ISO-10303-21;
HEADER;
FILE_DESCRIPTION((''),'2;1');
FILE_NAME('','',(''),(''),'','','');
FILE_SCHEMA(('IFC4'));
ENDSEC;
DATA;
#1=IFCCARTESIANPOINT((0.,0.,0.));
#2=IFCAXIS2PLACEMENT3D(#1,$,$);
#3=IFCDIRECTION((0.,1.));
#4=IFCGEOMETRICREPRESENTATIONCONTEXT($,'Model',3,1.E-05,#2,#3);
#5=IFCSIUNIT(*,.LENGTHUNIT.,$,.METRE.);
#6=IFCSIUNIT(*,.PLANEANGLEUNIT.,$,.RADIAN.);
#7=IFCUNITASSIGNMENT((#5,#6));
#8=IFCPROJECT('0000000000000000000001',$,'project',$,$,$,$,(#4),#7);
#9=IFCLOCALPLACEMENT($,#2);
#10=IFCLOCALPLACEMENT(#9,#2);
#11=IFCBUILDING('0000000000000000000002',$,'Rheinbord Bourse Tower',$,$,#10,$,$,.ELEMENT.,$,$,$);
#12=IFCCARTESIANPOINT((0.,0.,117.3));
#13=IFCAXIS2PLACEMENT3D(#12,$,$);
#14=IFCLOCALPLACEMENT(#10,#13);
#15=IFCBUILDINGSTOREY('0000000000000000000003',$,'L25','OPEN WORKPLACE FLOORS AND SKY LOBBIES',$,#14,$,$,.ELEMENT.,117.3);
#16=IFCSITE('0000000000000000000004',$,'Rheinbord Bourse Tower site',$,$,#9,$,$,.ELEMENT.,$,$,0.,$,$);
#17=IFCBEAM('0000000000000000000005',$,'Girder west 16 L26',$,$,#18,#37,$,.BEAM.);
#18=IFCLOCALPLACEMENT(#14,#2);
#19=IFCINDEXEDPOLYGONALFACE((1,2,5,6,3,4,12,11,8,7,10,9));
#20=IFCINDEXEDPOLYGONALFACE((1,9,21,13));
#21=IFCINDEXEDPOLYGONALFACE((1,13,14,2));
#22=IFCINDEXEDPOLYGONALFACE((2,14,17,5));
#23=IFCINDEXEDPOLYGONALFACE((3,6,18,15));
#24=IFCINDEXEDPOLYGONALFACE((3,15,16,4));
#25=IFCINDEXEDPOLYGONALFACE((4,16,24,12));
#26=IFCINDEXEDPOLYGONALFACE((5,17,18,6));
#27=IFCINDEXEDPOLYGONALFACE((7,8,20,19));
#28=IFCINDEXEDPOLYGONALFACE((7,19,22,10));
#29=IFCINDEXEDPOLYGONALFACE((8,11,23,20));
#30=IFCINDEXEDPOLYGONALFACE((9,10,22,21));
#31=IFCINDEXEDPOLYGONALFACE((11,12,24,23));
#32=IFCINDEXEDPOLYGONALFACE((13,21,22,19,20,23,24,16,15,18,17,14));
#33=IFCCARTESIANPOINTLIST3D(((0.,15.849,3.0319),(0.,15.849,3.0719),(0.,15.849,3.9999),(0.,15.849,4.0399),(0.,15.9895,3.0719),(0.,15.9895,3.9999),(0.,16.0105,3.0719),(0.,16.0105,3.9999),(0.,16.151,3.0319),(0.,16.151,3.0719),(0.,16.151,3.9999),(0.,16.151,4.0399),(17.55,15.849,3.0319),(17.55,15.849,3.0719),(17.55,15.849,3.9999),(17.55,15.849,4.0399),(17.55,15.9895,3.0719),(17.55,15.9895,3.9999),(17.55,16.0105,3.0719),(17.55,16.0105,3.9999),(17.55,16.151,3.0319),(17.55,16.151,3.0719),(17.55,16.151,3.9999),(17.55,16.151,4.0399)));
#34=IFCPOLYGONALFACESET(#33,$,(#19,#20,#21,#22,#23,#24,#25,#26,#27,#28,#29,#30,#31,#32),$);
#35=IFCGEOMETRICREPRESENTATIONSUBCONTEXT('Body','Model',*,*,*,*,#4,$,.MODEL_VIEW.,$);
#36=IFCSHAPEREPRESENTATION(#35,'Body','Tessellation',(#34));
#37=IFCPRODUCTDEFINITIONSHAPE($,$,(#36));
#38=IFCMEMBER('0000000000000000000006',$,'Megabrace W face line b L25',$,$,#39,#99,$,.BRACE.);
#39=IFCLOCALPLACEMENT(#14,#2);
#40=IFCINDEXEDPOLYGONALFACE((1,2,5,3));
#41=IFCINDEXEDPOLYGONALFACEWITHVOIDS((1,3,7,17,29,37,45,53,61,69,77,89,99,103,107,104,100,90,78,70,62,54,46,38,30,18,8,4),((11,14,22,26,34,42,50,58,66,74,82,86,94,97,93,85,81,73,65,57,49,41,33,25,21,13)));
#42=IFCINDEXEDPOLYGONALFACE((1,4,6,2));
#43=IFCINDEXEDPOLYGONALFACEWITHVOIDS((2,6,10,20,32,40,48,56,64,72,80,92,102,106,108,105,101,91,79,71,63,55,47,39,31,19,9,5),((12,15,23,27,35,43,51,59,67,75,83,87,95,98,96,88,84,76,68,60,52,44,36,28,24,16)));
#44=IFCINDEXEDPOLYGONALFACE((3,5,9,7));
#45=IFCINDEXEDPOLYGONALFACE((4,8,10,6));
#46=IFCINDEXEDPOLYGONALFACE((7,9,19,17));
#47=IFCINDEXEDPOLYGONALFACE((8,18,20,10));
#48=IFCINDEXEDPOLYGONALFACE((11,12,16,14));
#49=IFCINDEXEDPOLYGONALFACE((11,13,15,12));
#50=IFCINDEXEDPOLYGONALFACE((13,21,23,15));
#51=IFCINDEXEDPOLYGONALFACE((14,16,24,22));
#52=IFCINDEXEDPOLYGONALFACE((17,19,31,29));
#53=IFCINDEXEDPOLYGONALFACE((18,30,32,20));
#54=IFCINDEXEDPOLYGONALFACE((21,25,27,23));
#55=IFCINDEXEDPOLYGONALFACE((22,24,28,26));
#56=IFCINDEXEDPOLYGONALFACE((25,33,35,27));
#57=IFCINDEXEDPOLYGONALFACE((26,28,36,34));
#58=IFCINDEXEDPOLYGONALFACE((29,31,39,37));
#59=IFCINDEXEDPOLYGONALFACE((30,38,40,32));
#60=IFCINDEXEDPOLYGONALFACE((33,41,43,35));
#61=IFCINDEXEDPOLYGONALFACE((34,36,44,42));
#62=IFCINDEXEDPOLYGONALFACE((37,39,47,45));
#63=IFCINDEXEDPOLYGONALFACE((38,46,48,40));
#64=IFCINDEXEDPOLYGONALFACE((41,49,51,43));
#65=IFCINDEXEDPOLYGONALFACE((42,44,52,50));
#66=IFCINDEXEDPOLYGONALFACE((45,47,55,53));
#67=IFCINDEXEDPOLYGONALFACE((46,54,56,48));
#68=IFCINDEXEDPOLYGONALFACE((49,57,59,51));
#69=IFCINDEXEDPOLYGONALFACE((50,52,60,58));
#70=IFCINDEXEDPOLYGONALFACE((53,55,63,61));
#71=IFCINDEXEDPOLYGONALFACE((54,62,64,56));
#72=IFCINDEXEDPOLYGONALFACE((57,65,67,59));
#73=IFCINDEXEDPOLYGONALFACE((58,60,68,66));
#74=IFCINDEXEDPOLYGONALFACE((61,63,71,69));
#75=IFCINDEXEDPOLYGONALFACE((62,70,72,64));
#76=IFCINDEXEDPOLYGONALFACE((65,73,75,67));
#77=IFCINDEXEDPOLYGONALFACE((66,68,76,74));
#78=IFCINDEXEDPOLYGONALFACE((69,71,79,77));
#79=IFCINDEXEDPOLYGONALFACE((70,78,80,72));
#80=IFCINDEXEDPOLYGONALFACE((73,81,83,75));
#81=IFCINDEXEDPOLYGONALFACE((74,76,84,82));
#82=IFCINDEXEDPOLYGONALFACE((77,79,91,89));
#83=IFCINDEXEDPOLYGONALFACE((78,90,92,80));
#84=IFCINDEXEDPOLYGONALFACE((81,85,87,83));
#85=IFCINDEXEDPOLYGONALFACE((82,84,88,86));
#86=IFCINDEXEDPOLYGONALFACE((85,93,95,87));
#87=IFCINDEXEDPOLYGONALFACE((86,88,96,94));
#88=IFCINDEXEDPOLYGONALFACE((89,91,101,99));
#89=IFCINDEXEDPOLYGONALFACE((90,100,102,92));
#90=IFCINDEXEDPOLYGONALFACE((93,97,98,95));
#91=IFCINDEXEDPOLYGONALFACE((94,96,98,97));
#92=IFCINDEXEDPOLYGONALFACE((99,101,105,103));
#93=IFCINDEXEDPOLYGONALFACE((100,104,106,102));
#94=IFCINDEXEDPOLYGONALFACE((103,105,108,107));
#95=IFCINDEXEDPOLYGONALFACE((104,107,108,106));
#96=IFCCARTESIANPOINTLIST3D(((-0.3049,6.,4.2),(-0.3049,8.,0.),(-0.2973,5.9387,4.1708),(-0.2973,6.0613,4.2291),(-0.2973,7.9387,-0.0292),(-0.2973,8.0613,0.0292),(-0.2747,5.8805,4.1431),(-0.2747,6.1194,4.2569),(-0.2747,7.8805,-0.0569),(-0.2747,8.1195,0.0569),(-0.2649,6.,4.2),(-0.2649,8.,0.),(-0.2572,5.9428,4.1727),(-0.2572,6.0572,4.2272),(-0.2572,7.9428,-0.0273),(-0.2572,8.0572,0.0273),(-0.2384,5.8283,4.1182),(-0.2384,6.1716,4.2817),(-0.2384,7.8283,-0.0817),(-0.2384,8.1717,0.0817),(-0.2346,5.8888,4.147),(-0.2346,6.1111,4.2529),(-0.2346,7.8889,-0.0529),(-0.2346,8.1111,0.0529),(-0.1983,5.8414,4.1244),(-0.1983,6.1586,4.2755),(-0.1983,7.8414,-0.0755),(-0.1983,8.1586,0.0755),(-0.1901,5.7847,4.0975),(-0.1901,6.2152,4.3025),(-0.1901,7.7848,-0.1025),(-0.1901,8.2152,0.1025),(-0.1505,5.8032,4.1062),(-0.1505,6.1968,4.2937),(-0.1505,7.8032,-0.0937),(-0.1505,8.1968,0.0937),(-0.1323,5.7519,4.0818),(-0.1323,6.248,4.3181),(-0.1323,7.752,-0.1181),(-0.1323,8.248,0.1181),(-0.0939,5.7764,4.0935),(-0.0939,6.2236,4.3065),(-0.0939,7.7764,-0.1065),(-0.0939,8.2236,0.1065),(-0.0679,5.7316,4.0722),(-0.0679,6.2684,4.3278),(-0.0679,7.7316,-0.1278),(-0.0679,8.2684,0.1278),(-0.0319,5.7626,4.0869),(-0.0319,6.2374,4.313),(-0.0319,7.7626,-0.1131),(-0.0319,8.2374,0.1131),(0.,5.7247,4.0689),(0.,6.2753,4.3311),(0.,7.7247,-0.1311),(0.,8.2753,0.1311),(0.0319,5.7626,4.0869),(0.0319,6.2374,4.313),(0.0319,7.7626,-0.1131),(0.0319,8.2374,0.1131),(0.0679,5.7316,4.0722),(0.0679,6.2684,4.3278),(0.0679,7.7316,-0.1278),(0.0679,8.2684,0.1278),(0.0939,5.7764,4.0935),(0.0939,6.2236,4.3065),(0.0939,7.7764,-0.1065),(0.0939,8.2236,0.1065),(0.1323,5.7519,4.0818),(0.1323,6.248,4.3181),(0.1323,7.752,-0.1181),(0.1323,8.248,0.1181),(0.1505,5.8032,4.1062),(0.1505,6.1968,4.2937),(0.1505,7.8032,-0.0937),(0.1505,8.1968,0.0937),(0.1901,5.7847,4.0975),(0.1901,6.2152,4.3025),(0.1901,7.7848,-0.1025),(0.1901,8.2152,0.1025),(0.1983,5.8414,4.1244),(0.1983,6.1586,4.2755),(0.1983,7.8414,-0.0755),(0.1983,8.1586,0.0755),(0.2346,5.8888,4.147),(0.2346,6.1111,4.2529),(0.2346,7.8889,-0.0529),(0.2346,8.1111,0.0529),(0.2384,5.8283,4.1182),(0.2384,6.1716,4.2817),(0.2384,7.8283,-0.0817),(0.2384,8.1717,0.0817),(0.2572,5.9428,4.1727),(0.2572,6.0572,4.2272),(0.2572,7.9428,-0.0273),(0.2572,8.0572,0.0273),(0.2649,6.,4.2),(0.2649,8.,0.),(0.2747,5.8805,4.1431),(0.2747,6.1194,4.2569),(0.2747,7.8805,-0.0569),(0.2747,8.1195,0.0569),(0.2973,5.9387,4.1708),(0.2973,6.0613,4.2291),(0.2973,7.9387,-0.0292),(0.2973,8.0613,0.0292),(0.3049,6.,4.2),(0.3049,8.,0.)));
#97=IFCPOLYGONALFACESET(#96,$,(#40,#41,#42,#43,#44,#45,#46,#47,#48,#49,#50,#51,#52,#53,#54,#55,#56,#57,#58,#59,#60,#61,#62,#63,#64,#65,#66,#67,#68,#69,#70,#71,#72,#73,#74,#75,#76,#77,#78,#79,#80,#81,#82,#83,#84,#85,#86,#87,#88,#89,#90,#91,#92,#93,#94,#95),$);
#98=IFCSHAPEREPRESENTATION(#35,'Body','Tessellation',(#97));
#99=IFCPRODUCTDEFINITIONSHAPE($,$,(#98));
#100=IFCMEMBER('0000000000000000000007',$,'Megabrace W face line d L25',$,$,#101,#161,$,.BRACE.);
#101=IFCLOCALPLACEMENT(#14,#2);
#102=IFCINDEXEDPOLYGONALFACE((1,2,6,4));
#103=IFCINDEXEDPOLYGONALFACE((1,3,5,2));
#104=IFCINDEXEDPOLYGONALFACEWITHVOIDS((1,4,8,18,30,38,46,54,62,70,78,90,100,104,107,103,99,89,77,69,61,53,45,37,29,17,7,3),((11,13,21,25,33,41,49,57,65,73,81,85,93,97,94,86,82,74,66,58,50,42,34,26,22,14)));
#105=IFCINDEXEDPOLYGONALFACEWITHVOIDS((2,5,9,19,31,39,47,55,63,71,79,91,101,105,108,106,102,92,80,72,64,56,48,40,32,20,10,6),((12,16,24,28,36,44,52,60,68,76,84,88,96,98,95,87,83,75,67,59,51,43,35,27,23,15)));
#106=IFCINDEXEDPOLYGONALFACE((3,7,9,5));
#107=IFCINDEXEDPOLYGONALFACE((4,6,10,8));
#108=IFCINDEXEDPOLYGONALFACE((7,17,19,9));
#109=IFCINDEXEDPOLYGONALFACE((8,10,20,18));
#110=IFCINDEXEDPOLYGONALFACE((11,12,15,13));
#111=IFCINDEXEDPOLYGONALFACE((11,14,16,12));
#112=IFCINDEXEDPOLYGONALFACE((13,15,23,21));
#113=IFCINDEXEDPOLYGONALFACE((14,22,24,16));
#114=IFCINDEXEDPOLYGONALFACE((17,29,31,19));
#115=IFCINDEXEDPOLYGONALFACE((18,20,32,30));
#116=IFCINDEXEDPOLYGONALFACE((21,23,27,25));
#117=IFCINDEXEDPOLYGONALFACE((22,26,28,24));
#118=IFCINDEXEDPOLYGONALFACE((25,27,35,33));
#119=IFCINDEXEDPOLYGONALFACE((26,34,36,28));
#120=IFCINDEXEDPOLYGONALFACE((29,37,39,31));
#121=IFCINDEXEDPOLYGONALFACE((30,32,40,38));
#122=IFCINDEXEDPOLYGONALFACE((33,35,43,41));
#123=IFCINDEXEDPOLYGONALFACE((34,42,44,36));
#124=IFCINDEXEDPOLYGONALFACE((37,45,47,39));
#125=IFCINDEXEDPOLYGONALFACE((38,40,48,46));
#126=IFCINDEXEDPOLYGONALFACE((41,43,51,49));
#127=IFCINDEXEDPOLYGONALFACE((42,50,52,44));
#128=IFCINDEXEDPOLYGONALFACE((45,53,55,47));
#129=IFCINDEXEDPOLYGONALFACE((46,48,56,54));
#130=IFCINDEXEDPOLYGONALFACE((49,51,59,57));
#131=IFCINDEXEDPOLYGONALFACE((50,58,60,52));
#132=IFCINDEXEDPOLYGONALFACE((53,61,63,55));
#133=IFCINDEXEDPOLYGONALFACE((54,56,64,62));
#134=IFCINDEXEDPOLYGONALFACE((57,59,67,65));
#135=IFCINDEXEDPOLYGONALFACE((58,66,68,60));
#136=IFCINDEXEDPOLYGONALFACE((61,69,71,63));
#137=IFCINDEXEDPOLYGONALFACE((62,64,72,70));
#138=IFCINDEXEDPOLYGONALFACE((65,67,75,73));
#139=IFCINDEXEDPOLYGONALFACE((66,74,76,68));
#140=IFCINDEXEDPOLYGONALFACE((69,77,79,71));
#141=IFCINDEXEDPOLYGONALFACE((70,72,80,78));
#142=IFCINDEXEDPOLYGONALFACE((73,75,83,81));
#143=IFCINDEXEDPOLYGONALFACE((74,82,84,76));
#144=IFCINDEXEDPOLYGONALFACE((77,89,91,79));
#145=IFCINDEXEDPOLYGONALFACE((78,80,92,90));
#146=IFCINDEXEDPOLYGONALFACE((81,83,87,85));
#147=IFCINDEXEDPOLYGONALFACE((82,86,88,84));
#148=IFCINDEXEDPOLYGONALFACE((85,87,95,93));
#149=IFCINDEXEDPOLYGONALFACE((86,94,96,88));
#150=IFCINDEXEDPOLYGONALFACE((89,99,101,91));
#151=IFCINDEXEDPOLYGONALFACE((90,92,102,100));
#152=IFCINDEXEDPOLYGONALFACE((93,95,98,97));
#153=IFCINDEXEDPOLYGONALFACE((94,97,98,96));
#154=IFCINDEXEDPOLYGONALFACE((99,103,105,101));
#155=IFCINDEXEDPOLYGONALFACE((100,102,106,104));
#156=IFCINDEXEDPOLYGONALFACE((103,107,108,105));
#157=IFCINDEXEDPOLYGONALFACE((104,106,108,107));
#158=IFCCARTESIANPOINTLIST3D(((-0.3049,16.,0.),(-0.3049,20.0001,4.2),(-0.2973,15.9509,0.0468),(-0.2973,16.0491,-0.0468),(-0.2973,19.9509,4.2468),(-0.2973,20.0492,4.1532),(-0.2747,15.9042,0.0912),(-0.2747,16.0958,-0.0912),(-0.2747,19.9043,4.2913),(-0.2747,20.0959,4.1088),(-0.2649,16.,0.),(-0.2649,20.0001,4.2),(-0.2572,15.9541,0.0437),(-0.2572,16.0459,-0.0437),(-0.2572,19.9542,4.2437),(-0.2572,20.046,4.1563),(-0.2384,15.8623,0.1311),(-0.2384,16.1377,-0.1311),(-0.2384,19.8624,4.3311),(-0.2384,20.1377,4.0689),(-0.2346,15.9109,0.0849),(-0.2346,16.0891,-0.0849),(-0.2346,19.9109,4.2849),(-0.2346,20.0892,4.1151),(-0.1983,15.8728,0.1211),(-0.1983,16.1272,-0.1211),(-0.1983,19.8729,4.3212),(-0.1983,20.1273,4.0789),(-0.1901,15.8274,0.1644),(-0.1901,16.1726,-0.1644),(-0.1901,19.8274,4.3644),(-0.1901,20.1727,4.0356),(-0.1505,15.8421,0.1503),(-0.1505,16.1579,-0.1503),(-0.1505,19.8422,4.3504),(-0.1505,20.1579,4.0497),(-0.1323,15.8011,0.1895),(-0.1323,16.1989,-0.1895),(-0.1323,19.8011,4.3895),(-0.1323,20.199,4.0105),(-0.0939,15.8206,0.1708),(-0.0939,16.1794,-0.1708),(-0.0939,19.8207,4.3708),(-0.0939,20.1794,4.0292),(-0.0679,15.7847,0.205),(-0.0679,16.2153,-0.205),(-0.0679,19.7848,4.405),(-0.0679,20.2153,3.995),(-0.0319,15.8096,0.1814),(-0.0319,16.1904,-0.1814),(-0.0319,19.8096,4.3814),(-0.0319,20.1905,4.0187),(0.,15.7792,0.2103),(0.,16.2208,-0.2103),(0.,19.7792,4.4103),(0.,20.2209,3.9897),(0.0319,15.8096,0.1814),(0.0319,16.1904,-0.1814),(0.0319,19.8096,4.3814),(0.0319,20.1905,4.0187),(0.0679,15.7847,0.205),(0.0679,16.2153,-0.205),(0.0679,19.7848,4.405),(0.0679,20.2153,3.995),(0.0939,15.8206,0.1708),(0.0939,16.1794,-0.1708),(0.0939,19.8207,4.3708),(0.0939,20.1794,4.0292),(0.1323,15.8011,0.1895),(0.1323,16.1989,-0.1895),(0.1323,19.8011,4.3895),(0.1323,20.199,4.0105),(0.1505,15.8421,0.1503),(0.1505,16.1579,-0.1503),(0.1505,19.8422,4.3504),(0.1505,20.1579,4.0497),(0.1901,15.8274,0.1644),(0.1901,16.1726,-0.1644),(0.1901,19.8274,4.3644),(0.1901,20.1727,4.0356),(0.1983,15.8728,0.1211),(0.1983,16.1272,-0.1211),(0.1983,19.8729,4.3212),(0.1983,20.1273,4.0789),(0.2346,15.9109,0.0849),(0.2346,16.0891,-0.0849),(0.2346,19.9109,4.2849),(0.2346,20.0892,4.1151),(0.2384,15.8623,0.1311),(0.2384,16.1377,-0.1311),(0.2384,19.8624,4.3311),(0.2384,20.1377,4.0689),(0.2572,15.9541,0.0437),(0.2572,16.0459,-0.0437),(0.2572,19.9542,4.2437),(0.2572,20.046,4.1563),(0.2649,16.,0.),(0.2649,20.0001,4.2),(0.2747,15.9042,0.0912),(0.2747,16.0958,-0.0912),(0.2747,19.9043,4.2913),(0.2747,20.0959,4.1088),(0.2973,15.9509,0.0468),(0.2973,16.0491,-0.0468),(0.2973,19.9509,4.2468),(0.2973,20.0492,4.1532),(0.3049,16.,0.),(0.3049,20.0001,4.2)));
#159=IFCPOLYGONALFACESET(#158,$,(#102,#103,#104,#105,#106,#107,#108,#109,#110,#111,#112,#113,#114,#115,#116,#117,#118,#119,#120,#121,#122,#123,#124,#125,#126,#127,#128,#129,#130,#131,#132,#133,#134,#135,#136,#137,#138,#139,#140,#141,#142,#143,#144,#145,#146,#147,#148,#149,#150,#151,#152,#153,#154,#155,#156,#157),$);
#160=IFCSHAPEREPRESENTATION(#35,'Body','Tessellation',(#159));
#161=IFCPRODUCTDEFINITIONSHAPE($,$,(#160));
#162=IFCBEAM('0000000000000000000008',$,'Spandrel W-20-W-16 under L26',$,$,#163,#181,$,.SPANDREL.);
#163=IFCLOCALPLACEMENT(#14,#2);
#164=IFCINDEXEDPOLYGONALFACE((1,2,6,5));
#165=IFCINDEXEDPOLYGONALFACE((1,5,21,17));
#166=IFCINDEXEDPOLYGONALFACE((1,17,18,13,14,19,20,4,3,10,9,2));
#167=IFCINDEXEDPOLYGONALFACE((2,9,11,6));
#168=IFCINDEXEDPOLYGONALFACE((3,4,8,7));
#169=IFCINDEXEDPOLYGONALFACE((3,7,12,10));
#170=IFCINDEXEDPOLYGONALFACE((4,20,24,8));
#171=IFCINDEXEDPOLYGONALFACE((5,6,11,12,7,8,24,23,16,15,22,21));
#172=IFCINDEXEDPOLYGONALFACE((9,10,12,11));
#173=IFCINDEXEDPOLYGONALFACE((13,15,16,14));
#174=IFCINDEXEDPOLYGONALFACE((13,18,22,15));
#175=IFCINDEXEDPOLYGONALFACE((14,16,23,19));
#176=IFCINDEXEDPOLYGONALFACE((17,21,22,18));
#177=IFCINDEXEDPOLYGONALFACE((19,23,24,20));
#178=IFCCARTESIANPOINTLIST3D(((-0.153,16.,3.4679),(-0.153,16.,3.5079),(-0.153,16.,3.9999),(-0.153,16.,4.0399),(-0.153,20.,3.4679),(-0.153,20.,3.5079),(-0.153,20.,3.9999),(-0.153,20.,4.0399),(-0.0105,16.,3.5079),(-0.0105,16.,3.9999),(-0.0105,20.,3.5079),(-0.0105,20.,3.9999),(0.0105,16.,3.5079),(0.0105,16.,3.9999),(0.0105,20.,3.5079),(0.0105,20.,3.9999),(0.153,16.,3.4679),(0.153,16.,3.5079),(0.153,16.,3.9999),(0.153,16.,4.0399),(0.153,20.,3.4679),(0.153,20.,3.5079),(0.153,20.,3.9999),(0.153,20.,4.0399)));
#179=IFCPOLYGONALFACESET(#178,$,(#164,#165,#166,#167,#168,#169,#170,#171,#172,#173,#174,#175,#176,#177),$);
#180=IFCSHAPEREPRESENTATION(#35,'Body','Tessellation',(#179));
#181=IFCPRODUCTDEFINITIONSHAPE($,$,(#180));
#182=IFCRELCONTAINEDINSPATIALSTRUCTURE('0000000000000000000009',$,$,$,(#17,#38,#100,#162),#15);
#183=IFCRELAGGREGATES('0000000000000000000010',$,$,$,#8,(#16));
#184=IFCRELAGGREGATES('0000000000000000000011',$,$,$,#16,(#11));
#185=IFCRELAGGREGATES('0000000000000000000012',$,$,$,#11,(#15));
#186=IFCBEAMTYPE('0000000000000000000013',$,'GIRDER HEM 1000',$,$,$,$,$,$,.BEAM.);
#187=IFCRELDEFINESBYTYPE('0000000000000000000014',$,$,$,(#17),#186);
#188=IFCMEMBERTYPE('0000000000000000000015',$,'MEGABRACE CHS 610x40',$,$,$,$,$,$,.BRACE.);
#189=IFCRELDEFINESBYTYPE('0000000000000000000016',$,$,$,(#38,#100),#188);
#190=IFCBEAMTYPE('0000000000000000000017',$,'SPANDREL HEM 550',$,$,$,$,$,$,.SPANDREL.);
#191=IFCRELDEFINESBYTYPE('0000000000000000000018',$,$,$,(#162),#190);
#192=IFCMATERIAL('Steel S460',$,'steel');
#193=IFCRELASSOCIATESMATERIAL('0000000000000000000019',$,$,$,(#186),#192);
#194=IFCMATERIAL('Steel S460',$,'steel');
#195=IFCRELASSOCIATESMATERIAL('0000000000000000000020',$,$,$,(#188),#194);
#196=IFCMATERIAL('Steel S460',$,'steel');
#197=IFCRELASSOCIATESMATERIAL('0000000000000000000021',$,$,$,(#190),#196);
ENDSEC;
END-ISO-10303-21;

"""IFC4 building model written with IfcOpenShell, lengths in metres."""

from ifc_helpers import new_model, si_unit, direction, frame, origin, origin_2d, place, context, subcontext, project, spatial, hollow_circle, i_section, extrude, material, material_profile, profile_set, type_object, element, save


model = new_model("IFC4")

# Units and contexts
model_context = context("Model", 3, precision=1e-05, world=origin(), true_north=direction((0.0, 1.0)))
body_context = subcontext(model_context, "Body", "Model", "MODEL_VIEW")
ifc_project = project(units=[si_unit("LENGTHUNIT", "METRE"), si_unit("PLANEANGLEUNIT", "RADIAN")], contexts=[model_context])

# Site, building, storey
site_placement = place(None, origin())
site = spatial("IfcSite", under=ifc_project, at=site_placement, Name="Rheinbord Bourse Tower site", CompositionType="ELEMENT", RefElevation=0.0)
building_placement = place(site_placement, origin())
building = spatial("IfcBuilding", under=site, at=building_placement, Name="Rheinbord Bourse Tower", CompositionType="ELEMENT")
storey_placement = place(building_placement, frame((0.0, 0.0, 117.3)))
storey = spatial("IfcBuildingStorey", under=building, at=storey_placement, Name="L25", Description="OPEN WORKPLACE FLOORS AND SKY LOBBIES", CompositionType="ELEMENT", Elevation=117.3)

# Beam
ifc_material_1 = material(Name="Steel S460", Category="steel")
ifc_material_profile_1 = material_profile(ifc_material_1, i_section(OverallWidth=0.302, OverallDepth=1.0081, WebThickness=0.021, FlangeThickness=0.04, at=origin_2d()), Name="HEM 1000")
ifc_profile_set_1 = profile_set([ifc_material_profile_1], Name="Steel S460")
beam_type_1 = type_object("IfcBeamType", Name="GIRDER HEM 1000", PredefinedType="BEAM", material=ifc_profile_set_1)
beam_1_placement = place(storey_placement, frame((0.0, 16.0, 3.5359), z_axis=(1.0, 0.0, 0.0), x_axis=(0.0, 1.0, 0.0)))
element("IfcBeam", 1, at=beam_1_placement, inside=storey, type_object=beam_type_1, Name="Girder west 16 L26", PredefinedType="BEAM", context=body_context, shape_type="SweptSolid", body=[
    extrude(i_section(OverallWidth=0.302, OverallDepth=1.0081, WebThickness=0.021, FlangeThickness=0.04, at=origin_2d()), origin(), (0.0, 0.0, 1.0), 17.55),
])

# Members
ifc_material_2 = material(Name="Steel S460", Category="steel")
ifc_material_profile_2 = material_profile(ifc_material_2, hollow_circle(Radius=0.3049, WallThickness=0.04, at=origin_2d()), Name="CHS 610x40")
ifc_profile_set_2 = profile_set([ifc_material_profile_2], Name="Steel S460")
member_type_1 = type_object("IfcMemberType", Name="MEGABRACE CHS 610x40", PredefinedType="BRACE", material=ifc_profile_set_2)
member_1_placement = place(storey_placement, frame((0.0, 8.0, 0.0), z_axis=(0.0, -0.429938, 0.902859), x_axis=(1.0, 0.0, 0.0)))
element("IfcMember", 2, at=member_1_placement, inside=storey, type_object=member_type_1, Name="Megabrace W face line b L25", PredefinedType="BRACE", context=body_context, shape_type="SweptSolid", body=[
    extrude(hollow_circle(Radius=0.3049, WallThickness=0.04, at=origin_2d()), origin(), (0.0, 0.0, 1.0), 4.6519),
])
member_2_placement = place(storey_placement, frame((0.0, 16.0, 0.0), z_axis=(0.0, 0.689659, 0.724134), x_axis=(-1.0, 0.0, 0.0)))
element("IfcMember", 3, at=member_2_placement, inside=storey, type_object=member_type_1, Name="Megabrace W face line d L25", PredefinedType="BRACE", context=body_context, shape_type="SweptSolid", body=[
    extrude(hollow_circle(Radius=0.3049, WallThickness=0.04, at=origin_2d()), origin(), (0.0, 0.0, 1.0), 5.8),
])

# Beam
ifc_material_3 = material(Name="Steel S460", Category="steel")
ifc_material_profile_3 = material_profile(ifc_material_3, i_section(OverallWidth=0.3059, OverallDepth=0.572, WebThickness=0.021, FlangeThickness=0.04, at=origin_2d()), Name="HEM 550")
ifc_profile_set_3 = profile_set([ifc_material_profile_3], Name="Steel S460")
beam_type_2 = type_object("IfcBeamType", Name="SPANDREL HEM 550", PredefinedType="SPANDREL", material=ifc_profile_set_3)
for number, where, z_axis, x_axis, name in (
    (4, (0.0, 20.0, 3.7539), (0.0, -1.0, 0.0), (1.0, 0.0, 0.0), "Spandrel W-20-W-16 under L26"),
):
    element("IfcBeam", number, at=place(storey_placement, frame(where, z_axis=z_axis, x_axis=x_axis)), inside=storey, type_object=beam_type_2, Name=name, PredefinedType="SPANDREL", context=body_context, shape_type="SweptSolid", body=[
        extrude(i_section(OverallWidth=0.3059, OverallDepth=0.572, WebThickness=0.021, FlangeThickness=0.04, at=origin_2d()), origin(), (0.0, 0.0, 1.0), 4.0),
    ])

save(model, "model.ifc")
